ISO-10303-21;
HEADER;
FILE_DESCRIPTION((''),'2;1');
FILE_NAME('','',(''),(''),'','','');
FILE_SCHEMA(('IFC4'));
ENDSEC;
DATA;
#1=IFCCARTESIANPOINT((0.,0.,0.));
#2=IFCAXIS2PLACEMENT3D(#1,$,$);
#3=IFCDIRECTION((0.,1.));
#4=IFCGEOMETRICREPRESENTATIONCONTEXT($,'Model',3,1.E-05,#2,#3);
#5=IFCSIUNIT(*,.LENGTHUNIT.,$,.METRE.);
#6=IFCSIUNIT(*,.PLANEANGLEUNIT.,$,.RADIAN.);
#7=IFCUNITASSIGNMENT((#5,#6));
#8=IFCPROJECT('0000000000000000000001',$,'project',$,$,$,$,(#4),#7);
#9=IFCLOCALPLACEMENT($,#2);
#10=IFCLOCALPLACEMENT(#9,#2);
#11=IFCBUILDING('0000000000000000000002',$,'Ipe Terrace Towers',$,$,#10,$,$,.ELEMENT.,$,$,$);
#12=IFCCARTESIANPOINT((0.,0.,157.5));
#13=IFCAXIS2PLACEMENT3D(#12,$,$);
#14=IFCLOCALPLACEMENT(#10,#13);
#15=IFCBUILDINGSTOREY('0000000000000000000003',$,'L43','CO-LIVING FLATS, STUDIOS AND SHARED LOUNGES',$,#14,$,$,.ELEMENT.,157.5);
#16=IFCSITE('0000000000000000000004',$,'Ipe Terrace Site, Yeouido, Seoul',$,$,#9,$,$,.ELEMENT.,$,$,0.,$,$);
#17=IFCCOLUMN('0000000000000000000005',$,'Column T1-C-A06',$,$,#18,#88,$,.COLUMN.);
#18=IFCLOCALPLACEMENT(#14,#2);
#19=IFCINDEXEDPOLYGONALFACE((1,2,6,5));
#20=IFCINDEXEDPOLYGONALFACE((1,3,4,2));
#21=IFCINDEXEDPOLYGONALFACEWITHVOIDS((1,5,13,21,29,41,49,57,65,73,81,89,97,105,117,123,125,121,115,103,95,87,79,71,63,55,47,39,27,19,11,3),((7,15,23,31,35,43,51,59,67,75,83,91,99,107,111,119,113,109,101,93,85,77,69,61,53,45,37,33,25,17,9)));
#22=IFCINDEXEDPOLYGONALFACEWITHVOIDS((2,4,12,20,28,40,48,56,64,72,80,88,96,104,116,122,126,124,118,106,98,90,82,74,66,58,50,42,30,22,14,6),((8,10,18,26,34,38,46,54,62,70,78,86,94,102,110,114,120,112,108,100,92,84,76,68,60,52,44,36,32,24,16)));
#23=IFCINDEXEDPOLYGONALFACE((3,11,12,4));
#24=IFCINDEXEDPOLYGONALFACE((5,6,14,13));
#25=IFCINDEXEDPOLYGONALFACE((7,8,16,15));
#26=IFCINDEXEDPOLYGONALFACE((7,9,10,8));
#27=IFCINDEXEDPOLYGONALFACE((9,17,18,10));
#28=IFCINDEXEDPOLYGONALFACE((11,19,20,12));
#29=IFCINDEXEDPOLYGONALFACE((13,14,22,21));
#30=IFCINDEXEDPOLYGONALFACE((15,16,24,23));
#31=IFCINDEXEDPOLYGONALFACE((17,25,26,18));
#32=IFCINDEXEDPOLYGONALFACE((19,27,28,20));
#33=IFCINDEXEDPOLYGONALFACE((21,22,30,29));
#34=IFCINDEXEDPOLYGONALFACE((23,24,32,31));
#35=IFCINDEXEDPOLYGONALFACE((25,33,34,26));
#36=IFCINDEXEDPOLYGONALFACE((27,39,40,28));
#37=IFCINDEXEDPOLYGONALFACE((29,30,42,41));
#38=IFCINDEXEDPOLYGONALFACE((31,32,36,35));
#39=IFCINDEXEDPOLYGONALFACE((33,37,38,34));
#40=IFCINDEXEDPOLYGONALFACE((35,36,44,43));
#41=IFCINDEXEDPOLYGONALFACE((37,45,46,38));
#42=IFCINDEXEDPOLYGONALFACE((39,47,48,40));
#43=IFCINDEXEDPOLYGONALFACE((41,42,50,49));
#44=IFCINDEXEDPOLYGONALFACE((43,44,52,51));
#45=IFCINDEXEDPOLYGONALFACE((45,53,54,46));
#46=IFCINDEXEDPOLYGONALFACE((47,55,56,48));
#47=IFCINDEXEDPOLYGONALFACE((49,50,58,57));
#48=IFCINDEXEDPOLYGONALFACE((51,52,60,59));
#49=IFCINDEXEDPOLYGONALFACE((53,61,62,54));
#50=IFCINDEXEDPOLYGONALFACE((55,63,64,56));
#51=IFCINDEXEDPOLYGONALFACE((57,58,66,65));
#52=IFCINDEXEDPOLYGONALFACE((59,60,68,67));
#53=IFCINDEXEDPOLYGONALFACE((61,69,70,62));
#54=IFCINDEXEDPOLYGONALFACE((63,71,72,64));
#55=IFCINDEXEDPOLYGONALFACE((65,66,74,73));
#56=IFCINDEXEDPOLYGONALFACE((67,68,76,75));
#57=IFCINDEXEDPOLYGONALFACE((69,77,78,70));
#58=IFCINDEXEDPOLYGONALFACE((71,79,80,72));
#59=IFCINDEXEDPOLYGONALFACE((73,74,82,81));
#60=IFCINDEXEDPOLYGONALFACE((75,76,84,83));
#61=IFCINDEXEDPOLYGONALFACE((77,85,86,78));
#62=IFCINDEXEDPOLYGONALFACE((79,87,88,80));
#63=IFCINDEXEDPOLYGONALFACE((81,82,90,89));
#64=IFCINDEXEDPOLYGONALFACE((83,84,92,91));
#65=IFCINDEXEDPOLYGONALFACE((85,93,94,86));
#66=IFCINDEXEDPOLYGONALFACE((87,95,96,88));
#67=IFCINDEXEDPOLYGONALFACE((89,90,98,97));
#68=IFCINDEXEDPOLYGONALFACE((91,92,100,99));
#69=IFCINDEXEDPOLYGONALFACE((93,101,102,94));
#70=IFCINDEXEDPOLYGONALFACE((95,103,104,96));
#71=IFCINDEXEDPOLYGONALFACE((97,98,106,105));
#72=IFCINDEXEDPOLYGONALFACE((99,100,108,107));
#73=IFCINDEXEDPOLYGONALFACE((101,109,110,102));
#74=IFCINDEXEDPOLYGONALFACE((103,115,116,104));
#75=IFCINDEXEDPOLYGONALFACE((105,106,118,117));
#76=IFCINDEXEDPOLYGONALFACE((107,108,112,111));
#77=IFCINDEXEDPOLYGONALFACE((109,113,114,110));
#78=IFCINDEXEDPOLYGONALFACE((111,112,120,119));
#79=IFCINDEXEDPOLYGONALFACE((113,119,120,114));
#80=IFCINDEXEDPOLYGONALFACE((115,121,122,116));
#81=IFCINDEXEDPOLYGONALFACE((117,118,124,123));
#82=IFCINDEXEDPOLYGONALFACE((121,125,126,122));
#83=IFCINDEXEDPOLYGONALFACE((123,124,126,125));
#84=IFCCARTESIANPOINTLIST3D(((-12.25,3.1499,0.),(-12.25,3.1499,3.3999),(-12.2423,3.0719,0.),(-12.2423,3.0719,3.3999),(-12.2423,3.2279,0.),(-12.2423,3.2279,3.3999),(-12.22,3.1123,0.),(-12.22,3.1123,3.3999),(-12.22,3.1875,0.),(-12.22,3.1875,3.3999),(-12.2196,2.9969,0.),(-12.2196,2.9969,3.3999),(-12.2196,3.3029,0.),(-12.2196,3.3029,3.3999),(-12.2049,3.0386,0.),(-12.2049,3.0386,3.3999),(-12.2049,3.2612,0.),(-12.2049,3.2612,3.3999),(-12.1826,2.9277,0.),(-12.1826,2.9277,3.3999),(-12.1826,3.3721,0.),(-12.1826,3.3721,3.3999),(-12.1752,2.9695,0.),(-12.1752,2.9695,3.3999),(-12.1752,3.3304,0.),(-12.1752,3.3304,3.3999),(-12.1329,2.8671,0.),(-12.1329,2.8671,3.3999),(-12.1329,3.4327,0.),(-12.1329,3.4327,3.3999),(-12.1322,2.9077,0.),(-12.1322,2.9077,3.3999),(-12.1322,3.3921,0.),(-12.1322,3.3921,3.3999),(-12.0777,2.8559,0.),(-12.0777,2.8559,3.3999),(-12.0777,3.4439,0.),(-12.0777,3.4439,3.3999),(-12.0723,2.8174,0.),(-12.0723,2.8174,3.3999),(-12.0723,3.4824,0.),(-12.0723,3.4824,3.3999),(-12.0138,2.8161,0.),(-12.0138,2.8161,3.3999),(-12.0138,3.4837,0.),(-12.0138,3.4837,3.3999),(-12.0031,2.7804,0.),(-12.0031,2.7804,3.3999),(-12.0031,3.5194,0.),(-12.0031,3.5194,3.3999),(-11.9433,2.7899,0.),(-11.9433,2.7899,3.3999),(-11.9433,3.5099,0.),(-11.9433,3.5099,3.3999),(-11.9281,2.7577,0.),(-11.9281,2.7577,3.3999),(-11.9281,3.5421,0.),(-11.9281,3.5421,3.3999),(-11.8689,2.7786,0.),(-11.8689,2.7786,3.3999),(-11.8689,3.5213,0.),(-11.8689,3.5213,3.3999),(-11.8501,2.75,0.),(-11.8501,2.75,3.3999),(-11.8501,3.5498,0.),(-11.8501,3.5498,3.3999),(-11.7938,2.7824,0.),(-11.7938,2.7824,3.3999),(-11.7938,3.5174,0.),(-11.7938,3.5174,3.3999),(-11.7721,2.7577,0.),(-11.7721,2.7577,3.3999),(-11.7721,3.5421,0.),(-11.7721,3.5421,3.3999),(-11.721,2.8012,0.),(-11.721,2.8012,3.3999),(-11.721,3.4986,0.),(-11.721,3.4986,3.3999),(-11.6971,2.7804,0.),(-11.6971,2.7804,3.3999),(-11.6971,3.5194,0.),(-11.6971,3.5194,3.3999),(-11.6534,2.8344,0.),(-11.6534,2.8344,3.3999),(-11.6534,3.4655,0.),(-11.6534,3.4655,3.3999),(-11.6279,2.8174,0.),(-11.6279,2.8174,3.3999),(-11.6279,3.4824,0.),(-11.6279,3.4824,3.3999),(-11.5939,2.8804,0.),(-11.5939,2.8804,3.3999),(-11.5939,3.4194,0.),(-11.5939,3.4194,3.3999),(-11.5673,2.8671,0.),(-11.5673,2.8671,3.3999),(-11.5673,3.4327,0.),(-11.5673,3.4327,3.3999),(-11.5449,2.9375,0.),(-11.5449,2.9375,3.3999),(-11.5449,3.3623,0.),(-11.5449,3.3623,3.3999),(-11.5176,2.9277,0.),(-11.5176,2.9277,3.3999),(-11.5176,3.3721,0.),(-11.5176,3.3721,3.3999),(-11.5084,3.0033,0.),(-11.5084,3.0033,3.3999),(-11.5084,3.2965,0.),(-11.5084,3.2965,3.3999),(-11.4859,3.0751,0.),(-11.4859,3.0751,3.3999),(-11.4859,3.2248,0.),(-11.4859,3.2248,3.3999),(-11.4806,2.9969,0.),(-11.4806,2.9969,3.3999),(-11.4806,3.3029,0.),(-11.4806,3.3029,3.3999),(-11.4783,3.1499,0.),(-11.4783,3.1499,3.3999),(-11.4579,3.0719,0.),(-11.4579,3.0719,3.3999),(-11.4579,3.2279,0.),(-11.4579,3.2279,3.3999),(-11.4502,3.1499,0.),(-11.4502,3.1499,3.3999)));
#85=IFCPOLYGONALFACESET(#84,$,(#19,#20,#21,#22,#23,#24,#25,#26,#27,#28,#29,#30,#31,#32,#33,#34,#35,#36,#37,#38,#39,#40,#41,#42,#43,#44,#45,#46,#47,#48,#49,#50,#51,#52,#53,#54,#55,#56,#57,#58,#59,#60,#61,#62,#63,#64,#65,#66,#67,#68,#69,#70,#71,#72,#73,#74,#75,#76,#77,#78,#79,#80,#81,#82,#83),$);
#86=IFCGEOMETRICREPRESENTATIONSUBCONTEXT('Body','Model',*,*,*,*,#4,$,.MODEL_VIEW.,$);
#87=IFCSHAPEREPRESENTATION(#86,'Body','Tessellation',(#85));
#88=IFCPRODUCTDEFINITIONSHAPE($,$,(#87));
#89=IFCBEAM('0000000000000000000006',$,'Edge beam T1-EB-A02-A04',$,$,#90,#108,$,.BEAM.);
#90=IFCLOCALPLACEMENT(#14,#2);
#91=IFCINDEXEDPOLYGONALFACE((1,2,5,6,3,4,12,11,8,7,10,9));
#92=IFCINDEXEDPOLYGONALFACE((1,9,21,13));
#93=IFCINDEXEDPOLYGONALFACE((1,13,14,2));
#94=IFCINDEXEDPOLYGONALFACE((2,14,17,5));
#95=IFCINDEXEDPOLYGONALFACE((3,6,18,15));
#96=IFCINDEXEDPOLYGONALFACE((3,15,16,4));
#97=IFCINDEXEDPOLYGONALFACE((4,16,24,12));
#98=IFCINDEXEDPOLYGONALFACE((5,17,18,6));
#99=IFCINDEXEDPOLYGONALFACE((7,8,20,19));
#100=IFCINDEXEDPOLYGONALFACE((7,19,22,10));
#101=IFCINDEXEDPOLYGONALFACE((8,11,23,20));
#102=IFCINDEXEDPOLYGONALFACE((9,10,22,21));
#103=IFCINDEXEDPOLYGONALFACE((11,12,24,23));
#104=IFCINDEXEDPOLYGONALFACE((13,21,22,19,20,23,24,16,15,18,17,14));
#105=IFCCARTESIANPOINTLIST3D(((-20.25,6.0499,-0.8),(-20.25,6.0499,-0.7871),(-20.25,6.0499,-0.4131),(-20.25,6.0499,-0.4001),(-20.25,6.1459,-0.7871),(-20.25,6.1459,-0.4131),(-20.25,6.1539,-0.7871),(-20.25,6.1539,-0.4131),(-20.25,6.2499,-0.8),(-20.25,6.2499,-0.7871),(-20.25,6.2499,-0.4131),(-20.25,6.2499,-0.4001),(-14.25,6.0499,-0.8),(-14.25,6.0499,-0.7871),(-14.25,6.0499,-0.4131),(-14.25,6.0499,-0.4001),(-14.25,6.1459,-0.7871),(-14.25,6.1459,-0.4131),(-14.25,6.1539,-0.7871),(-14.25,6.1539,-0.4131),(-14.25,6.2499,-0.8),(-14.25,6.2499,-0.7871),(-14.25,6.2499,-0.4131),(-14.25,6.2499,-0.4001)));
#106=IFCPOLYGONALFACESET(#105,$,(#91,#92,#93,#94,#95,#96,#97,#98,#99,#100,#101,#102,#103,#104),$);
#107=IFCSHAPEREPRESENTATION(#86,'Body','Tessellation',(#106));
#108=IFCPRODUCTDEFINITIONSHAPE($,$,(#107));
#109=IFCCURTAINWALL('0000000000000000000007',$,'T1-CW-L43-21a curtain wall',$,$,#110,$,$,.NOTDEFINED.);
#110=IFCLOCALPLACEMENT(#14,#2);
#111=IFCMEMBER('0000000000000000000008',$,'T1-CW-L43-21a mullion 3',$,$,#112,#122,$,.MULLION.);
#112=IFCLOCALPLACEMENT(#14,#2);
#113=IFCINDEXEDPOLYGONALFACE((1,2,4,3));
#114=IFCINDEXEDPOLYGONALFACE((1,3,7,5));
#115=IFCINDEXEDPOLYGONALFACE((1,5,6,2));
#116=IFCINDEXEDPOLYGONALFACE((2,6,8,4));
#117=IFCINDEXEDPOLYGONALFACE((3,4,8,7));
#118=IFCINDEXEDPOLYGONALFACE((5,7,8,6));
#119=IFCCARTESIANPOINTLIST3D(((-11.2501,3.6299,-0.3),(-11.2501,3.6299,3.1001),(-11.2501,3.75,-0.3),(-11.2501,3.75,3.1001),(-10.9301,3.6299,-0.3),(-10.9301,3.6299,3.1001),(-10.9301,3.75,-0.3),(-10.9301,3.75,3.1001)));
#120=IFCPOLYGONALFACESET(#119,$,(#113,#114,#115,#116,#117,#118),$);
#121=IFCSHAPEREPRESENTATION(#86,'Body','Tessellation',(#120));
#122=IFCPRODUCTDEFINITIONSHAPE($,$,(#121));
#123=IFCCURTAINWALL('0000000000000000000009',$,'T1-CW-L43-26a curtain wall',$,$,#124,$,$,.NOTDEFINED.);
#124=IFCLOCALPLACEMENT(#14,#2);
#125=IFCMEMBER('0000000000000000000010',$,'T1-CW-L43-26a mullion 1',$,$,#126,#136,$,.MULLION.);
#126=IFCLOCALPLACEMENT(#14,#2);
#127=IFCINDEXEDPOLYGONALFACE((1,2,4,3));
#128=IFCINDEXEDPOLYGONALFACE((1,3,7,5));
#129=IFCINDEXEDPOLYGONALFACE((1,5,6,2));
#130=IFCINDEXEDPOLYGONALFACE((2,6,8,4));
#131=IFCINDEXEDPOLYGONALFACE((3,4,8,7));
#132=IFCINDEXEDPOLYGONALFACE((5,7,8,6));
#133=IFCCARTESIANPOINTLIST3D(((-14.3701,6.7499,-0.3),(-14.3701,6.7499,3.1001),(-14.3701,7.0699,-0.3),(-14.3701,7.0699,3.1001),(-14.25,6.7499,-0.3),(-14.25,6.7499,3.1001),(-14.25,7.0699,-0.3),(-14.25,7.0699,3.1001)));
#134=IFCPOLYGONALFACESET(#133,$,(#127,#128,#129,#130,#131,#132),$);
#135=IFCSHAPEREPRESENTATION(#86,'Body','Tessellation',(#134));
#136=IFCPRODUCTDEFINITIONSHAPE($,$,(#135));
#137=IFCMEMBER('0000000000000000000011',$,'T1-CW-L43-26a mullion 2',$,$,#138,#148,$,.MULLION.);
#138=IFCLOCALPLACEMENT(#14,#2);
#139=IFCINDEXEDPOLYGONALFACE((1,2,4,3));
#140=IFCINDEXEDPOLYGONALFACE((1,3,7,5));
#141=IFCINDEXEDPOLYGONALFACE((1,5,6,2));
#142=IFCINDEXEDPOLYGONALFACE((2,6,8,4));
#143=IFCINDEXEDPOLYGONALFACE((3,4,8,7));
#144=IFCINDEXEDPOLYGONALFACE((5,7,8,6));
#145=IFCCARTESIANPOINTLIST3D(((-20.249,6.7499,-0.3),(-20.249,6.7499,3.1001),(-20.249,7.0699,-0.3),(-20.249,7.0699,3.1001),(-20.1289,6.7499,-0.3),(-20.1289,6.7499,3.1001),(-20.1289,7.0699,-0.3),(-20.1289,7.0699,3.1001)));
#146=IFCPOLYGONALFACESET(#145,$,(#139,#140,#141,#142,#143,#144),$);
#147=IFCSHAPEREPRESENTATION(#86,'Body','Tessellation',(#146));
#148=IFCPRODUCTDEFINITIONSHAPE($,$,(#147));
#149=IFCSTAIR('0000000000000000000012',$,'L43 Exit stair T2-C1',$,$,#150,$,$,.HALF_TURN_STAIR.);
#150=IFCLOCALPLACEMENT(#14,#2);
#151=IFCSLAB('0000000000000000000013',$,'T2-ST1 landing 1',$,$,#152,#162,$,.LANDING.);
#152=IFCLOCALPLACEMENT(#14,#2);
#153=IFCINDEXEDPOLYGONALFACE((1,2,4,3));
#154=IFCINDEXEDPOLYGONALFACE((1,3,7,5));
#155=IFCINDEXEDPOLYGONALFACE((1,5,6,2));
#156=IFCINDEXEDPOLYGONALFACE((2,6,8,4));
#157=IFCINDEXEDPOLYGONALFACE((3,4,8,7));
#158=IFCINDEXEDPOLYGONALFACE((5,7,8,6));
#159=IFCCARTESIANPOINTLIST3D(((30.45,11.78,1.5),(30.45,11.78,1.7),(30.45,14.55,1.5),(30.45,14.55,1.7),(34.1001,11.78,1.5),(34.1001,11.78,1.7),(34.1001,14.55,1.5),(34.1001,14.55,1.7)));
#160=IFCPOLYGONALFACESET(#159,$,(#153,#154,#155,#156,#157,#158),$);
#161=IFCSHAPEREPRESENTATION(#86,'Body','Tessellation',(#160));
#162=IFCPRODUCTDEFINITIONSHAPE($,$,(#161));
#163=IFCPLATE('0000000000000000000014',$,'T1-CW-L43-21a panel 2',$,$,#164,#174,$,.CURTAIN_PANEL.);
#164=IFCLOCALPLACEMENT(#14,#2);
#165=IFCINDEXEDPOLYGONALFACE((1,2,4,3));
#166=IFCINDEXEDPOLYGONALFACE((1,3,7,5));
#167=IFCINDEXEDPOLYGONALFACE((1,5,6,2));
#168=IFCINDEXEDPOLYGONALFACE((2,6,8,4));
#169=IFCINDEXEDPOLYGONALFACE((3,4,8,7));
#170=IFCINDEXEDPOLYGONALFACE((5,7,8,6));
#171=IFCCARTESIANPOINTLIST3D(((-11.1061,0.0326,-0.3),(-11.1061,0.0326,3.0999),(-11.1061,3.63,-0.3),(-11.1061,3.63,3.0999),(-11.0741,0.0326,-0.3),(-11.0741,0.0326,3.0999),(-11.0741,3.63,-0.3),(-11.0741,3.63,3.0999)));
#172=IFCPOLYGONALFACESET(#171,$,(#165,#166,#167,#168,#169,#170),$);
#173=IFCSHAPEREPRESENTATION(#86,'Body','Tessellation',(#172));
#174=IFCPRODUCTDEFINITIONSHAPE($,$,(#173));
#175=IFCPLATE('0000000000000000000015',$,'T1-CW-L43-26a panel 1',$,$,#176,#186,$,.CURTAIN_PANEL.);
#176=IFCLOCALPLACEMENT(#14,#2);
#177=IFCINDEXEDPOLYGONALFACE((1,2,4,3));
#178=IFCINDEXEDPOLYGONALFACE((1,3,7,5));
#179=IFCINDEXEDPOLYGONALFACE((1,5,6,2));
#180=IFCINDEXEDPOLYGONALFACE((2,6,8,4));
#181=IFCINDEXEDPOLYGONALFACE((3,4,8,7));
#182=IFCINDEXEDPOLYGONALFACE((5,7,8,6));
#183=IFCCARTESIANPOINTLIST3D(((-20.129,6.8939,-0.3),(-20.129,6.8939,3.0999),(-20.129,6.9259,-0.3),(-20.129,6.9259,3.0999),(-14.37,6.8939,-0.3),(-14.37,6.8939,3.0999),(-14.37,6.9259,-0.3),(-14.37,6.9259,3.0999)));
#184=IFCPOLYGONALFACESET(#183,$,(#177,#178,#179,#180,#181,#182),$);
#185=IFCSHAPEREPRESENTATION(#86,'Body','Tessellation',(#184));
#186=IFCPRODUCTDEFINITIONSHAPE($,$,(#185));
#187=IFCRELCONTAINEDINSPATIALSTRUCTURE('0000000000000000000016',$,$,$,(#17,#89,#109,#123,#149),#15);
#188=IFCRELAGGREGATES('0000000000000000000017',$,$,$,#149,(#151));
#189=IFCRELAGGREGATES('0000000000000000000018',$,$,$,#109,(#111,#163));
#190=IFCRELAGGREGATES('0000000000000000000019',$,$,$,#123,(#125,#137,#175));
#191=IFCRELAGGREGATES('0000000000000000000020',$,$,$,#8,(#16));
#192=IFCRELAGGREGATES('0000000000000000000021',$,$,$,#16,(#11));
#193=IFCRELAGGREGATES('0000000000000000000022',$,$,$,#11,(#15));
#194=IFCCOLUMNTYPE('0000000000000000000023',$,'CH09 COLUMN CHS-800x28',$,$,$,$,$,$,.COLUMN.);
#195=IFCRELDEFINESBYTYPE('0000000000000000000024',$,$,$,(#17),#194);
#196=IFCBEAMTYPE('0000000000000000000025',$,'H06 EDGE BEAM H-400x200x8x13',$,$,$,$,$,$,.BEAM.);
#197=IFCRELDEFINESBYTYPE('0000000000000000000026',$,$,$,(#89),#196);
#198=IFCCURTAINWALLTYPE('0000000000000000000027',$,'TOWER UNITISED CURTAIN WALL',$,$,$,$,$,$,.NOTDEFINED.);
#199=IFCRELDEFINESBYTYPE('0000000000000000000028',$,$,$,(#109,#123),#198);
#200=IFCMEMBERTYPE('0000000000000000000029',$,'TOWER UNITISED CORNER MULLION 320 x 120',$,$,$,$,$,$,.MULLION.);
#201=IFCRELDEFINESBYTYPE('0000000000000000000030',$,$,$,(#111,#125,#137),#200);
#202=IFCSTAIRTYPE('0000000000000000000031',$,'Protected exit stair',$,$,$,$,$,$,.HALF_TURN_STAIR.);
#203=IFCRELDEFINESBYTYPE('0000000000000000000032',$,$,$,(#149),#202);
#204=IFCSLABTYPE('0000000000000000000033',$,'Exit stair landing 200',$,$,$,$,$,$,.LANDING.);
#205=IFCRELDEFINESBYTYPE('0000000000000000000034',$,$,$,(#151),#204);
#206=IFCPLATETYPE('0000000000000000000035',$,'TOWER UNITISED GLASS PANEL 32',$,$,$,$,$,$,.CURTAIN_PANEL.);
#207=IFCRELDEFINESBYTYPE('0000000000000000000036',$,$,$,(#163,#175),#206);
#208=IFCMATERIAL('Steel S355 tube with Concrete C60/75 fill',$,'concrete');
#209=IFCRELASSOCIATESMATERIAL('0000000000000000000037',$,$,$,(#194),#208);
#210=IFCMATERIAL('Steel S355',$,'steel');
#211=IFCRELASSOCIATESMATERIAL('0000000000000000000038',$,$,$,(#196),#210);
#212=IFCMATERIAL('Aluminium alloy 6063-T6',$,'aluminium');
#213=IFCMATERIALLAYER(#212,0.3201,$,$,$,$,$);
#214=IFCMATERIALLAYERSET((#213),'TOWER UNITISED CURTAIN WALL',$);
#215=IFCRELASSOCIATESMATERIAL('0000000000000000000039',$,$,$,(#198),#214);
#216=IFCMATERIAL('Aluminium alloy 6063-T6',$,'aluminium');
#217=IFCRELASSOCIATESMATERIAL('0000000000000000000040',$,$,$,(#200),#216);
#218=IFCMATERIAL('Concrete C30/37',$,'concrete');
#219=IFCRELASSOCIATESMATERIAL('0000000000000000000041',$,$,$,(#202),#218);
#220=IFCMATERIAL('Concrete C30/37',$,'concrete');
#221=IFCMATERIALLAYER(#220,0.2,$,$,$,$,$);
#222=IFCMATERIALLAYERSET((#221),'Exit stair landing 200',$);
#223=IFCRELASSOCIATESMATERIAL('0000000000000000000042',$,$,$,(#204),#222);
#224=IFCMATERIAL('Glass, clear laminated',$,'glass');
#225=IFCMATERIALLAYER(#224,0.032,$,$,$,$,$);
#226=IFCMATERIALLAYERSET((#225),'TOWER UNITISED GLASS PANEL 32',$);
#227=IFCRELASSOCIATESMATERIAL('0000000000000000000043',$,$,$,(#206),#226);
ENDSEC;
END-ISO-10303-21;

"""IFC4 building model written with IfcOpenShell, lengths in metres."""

from ifc_helpers import new_model, si_unit, direction, frame, origin, origin_2d, place, context, subcontext, project, spatial, polyline, rectangle, hollow_circle, i_section, outline, extrude, material, layer, layer_set, material_profile, profile_set, type_object, element, aggregate, save


model = new_model("IFC4")

# Units and contexts
model_context = context("Model", 3, precision=1e-05, world=origin(), true_north=direction((0.0, 1.0)))
body_context = subcontext(model_context, "Body", "Model", "MODEL_VIEW")
ifc_project = project(units=[si_unit("LENGTHUNIT", "METRE"), si_unit("PLANEANGLEUNIT", "RADIAN")], contexts=[model_context])

# Site, building, storey
site_placement = place(None, origin())
site = spatial("IfcSite", under=ifc_project, at=site_placement, Name="Ipe Terrace Site, Yeouido, Seoul", CompositionType="ELEMENT", RefElevation=0.0)
building_placement = place(site_placement, origin())
building = spatial("IfcBuilding", under=site, at=building_placement, Name="Ipe Terrace Towers", CompositionType="ELEMENT")
storey_placement = place(building_placement, frame((0.0, 0.0, 157.5)))
storey = spatial("IfcBuildingStorey", under=building, at=storey_placement, Name="L43", Description="CO-LIVING FLATS, STUDIOS AND SHARED LOUNGES", CompositionType="ELEMENT", Elevation=157.5)

# Column
ifc_material_1 = material(Name="Steel S355 tube with Concrete C60/75 fill", Category="concrete")
ifc_material_profile_1 = material_profile(ifc_material_1, hollow_circle(Radius=0.3999, WallThickness=0.0281, at=origin_2d()), Name="CHS-800x28")
ifc_profile_set_1 = profile_set([ifc_material_profile_1], Name="Steel S355 tube with Concrete C60/75 fill")
column_type = type_object("IfcColumnType", Name="CH09 COLUMN CHS-800x28", PredefinedType="COLUMN", material=ifc_profile_set_1)
for number, where, z_axis, x_axis, name in (
    (1, (-11.8501, 3.1499, 0.0), (0.0, 0.0, 1.0), (1.0, 0.0, 0.0), "Column T1-C-A06"),
):
    element("IfcColumn", number, at=place(storey_placement, frame(where, z_axis=z_axis, x_axis=x_axis)), inside=storey, type_object=column_type, Name=name, PredefinedType="COLUMN", context=body_context, shape_type="SweptSolid", body=[
        extrude(hollow_circle(Radius=0.3999, WallThickness=0.0281, at=origin_2d()), origin(), (0.0, 0.0, 1.0), 3.3999),
    ])

# Beam
ifc_material_2 = material(Name="Steel S355", Category="steel")
ifc_material_profile_2 = material_profile(ifc_material_2, i_section(OverallWidth=0.2, OverallDepth=0.3999, WebThickness=0.0081, FlangeThickness=0.0129, at=origin_2d()), Name="H-400x200x8x13")
ifc_profile_set_2 = profile_set([ifc_material_profile_2], Name="Steel S355")
beam_type = type_object("IfcBeamType", Name="H06 EDGE BEAM H-400x200x8x13", PredefinedType="BEAM", material=ifc_profile_set_2)
beam_placement = place(storey_placement, frame((-20.25, 6.1499, -0.6001), z_axis=(1.0, 0.0, 0.0), x_axis=(0.0, 1.0, 0.0)))
element("IfcBeam", 2, at=beam_placement, inside=storey, type_object=beam_type, Name="Edge beam T1-EB-A02-A04", PredefinedType="BEAM", context=body_context, shape_type="SweptSolid", body=[
    extrude(i_section(OverallWidth=0.2, OverallDepth=0.3999, WebThickness=0.0081, FlangeThickness=0.0129, at=origin_2d()), origin(), (0.0, 0.0, 1.0), 6.0),
])

# Curtain wall, member
ifc_material_3 = material(Name="Aluminium alloy 6063-T6", Category="aluminium")
ifc_layer_1 = layer(ifc_material_3, 0.3201)
ifc_layer_set_1 = layer_set([ifc_layer_1], Name="TOWER UNITISED CURTAIN WALL")
curtain_wall_type = type_object("IfcCurtainWallType", Name="TOWER UNITISED CURTAIN WALL", PredefinedType="NOTDEFINED", material=ifc_layer_set_1)
curtain_wall_1_placement = place(storey_placement, origin())
curtain_wall_1 = element("IfcCurtainWall", 3, at=curtain_wall_1_placement, inside=storey, type_object=curtain_wall_type, Name="T1-CW-L43-21a curtain wall", PredefinedType="NOTDEFINED")
ifc_material_4 = material(Name="Aluminium alloy 6063-T6", Category="aluminium")
ifc_material_profile_3 = material_profile(ifc_material_4, rectangle(XDim=0.3201, YDim=0.1201, at=origin_2d()), Name="TOWER UNITISED CORNER MULLION 320 x 120")
ifc_profile_set_3 = profile_set([ifc_material_profile_3], Name="Aluminium alloy 6063-T6")
member_type = type_object("IfcMemberType", Name="TOWER UNITISED CORNER MULLION 320 x 120", PredefinedType="MULLION", material=ifc_profile_set_3)
member_1_placement = place(storey_placement, frame((-11.0901, 3.6899, -0.3), z_axis=(0.0, 0.0, 1.0), x_axis=(1.0, 0.0, 0.0)))
member_1 = element("IfcMember", 4, at=member_1_placement, type_object=member_type, Name="T1-CW-L43-21a mullion 3", PredefinedType="MULLION", context=body_context, shape_type="SweptSolid", body=[
    extrude(rectangle(XDim=0.3201, YDim=0.1201, at=origin_2d()), origin(), (0.0, 0.0, 1.0), 3.4001),
])

# Curtain wall, members
curtain_wall_2_placement = place(storey_placement, origin())
curtain_wall_2 = element("IfcCurtainWall", 5, at=curtain_wall_2_placement, inside=storey, type_object=curtain_wall_type, Name="T1-CW-L43-26a curtain wall", PredefinedType="NOTDEFINED")
member_2_placement = place(storey_placement, frame((-14.3101, 6.9099, -0.3), z_axis=(0.0, 0.0, 1.0), x_axis=(0.0, 1.0, 0.0)))
member_2 = element("IfcMember", 6, at=member_2_placement, type_object=member_type, Name="T1-CW-L43-26a mullion 1", PredefinedType="MULLION", context=body_context, shape_type="SweptSolid", body=[
    extrude(rectangle(XDim=0.3201, YDim=0.1201, at=origin_2d()), origin(), (0.0, 0.0, 1.0), 3.4001),
])
member_3_placement = place(storey_placement, frame((-20.189, 6.9099, -0.3), z_axis=(0.0, 0.0, 1.0), x_axis=(0.0, 1.0, 0.0)))
member_3 = element("IfcMember", 7, at=member_3_placement, type_object=member_type, Name="T1-CW-L43-26a mullion 2", PredefinedType="MULLION", context=body_context, shape_type="SweptSolid", body=[
    extrude(rectangle(XDim=0.3201, YDim=0.1201, at=origin_2d()), origin(), (0.0, 0.0, 1.0), 3.4001),
])

# Stair, slab
ifc_material_5 = material(Name="Concrete C30/37", Category="concrete")
stair_type = type_object("IfcStairType", Name="Protected exit stair", PredefinedType="HALF_TURN_STAIR", material=ifc_material_5)
stair_placement = place(storey_placement, origin())
stair = element("IfcStair", 8, at=stair_placement, inside=storey, type_object=stair_type, Name="L43 Exit stair T2-C1", PredefinedType="HALF_TURN_STAIR")
ifc_material_6 = material(Name="Concrete C30/37", Category="concrete")
ifc_layer_2 = layer(ifc_material_6, 0.2)
ifc_layer_set_2 = layer_set([ifc_layer_2], Name="Exit stair landing 200")
slab_type = type_object("IfcSlabType", Name="Exit stair landing 200", PredefinedType="LANDING", material=ifc_layer_set_2)
slab_placement = place(storey_placement, frame((0.0, 0.0, 1.5)))
slab = element("IfcSlab", 9, at=slab_placement, type_object=slab_type, Name="T2-ST1 landing 1", PredefinedType="LANDING", context=body_context, shape_type="SweptSolid", body=[
    extrude(outline(polyline([(34.1001, 11.78), (34.1001, 14.55), (30.45, 14.55), (30.45, 11.78), (34.1001, 11.78)])), origin(), (0.0, 0.0, 1.0), 0.2),
])
aggregate(stair, [slab])

# Plates
ifc_material_7 = material(Name="Glass, clear laminated", Category="glass")
ifc_layer_3 = layer(ifc_material_7, 0.032)
ifc_layer_set_3 = layer_set([ifc_layer_3], Name="TOWER UNITISED GLASS PANEL 32")
plate_type = type_object("IfcPlateType", Name="TOWER UNITISED GLASS PANEL 32", PredefinedType="CURTAIN_PANEL", material=ifc_layer_set_3)
plate_1_placement = place(storey_placement, frame((-11.0901, 1.8313, -0.3), z_axis=(0.0, 0.0, 1.0), x_axis=(0.0, 1.0, 0.0)))
plate_1 = element("IfcPlate", 10, at=plate_1_placement, type_object=plate_type, Name="T1-CW-L43-21a panel 2", PredefinedType="CURTAIN_PANEL", context=body_context, shape_type="SweptSolid", body=[
    extrude(rectangle(XDim=3.5974, YDim=0.032, at=origin_2d()), origin(), (0.0, 0.0, 1.0), 3.3999),
])
aggregate(curtain_wall_1, [member_1, plate_1])
plate_2_placement = place(storey_placement, frame((-17.2495, 6.9099, -0.3), z_axis=(0.0, 0.0, 1.0), x_axis=(-1.0, 0.0, 0.0)))
plate_2 = element("IfcPlate", 11, at=plate_2_placement, type_object=plate_type, Name="T1-CW-L43-26a panel 1", PredefinedType="CURTAIN_PANEL", context=body_context, shape_type="SweptSolid", body=[
    extrude(rectangle(XDim=5.759, YDim=0.032, at=origin_2d()), origin(), (0.0, 0.0, 1.0), 3.3999),
])
aggregate(curtain_wall_2, [member_2, member_3, plate_2])

save(model, "model.ifc")
